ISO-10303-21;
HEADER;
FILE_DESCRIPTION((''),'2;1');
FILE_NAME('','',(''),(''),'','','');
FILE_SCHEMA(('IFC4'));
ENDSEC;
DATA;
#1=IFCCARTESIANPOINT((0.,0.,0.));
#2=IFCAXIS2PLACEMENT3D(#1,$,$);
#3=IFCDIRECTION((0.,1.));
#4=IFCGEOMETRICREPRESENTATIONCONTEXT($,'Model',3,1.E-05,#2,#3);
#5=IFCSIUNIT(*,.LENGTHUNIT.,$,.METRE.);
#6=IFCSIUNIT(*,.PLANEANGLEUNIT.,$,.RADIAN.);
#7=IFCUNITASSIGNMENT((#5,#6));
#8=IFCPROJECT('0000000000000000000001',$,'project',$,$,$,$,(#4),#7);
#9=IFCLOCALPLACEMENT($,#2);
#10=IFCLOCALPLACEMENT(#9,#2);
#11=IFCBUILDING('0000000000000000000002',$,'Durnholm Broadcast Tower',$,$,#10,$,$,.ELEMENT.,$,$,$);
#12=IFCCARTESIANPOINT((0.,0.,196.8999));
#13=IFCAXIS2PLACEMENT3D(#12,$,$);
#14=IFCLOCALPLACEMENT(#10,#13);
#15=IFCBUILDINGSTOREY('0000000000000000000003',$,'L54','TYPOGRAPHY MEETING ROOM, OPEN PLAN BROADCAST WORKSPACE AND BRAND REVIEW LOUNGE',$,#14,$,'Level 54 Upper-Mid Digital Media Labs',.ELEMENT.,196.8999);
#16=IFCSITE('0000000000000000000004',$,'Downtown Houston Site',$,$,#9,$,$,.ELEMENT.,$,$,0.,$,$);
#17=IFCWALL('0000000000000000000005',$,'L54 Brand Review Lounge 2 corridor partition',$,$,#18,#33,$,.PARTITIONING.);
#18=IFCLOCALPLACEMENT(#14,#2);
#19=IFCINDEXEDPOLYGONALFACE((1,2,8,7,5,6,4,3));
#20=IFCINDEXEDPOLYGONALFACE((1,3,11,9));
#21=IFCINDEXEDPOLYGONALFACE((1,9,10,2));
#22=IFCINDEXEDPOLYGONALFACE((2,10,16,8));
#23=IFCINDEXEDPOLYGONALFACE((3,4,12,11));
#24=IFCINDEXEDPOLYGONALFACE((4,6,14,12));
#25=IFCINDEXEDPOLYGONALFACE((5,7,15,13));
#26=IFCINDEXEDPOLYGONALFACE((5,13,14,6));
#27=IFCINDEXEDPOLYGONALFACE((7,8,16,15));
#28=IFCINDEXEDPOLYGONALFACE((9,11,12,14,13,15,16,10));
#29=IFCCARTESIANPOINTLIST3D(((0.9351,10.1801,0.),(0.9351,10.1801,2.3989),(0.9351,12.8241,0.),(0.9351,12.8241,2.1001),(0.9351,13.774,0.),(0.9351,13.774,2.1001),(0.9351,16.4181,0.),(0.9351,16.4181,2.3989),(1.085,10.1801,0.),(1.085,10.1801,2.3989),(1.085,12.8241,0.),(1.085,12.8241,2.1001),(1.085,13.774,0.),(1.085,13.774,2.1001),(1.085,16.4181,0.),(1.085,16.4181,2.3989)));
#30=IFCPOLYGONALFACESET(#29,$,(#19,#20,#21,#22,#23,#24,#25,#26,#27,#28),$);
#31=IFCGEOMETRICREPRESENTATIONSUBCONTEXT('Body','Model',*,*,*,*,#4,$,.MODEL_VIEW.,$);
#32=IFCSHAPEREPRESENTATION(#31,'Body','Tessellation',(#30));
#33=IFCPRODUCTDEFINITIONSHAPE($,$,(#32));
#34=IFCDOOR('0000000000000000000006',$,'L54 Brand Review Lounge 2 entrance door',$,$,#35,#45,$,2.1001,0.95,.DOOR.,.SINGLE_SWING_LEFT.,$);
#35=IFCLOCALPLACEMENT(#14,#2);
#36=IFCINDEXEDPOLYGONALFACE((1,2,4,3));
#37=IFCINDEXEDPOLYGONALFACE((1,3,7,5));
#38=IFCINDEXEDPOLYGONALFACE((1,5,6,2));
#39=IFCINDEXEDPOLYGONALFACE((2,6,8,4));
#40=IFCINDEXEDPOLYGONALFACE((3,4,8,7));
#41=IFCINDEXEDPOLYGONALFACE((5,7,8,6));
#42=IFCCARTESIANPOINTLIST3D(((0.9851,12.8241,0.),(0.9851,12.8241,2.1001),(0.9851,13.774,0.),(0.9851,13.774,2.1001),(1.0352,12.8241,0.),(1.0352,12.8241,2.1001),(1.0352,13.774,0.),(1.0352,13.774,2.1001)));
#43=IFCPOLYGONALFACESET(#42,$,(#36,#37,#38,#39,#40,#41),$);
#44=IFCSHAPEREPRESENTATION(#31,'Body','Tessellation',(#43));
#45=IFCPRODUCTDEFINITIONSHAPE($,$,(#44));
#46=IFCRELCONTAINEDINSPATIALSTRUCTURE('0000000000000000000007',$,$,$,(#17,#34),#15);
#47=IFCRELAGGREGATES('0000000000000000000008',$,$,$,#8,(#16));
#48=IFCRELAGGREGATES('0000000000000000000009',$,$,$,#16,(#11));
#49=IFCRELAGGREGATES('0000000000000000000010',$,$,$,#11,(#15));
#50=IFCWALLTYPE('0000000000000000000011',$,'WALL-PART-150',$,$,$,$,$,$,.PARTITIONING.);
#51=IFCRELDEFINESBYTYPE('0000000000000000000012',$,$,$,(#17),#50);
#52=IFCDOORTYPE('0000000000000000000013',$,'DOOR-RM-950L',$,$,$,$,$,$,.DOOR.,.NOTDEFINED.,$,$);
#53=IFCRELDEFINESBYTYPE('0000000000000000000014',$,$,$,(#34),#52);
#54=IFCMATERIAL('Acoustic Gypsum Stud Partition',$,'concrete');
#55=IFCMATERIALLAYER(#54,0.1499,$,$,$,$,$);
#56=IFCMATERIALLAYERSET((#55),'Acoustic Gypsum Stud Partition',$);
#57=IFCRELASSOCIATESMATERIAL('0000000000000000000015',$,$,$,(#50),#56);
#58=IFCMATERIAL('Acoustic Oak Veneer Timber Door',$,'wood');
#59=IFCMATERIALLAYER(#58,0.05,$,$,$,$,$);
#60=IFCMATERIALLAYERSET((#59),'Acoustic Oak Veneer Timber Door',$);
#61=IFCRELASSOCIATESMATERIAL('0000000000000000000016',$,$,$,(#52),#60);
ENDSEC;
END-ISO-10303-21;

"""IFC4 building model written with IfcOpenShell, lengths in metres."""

from ifc_helpers import new_model, si_unit, direction, frame, frame_2d, origin, place, context, subcontext, project, spatial, rectangle, extrude, source, transform, mapped, material, layer, layer_set, type_object, type_shapes, element, fill, save


model = new_model("IFC4")

# Units and contexts
model_context = context("Model", 3, precision=1e-05, world=origin(), true_north=direction((0.0, 1.0)))
body_context = subcontext(model_context, "Body", "Model", "MODEL_VIEW")
ifc_project = project(units=[si_unit("LENGTHUNIT", "METRE"), si_unit("PLANEANGLEUNIT", "RADIAN")], contexts=[model_context])

# Site, building, storey
site_placement = place(None, origin())
site = spatial("IfcSite", under=ifc_project, at=site_placement, Name="Downtown Houston Site", CompositionType="ELEMENT", RefElevation=0.0)
building_placement = place(site_placement, origin())
building = spatial("IfcBuilding", under=site, at=building_placement, Name="Durnholm Broadcast Tower", CompositionType="ELEMENT")
storey_placement = place(building_placement, frame((0.0, 0.0, 196.8999)))
storey = spatial("IfcBuildingStorey", under=building, at=storey_placement, Name="L54", Description="TYPOGRAPHY MEETING ROOM, OPEN PLAN BROADCAST WORKSPACE AND BRAND REVIEW LOUNGE", LongName="Level 54 Upper-Mid Digital Media Labs", CompositionType="ELEMENT", Elevation=196.8999)

# Shared definitions
ifc_material_1 = material(Name="Acoustic Gypsum Stud Partition", Category="concrete")
ifc_layer_1 = layer(ifc_material_1, 0.1499)
ifc_layer_set_1 = layer_set([ifc_layer_1], Name="Acoustic Gypsum Stud Partition")
wall_type = type_object("IfcWallType", Name="WALL-PART-150", PredefinedType="PARTITIONING", material=ifc_layer_set_1)

# Wall, opening, door
wall_1_placement = place(storey_placement, frame((1.01, 10.1799, 0.0), z_axis=(0.0, 0.0, 1.0), x_axis=(0.0, 1.0, 0.0)))
wall_1 = element("IfcWall", 1, at=wall_1_placement, inside=storey, type_object=wall_type, Name="L54 Brand Review Lounge 2 corridor partition", PredefinedType="PARTITIONING", context=body_context, shape_type="SweptSolid", body=[
    extrude(rectangle(XDim=6.238, YDim=0.1499, at=frame_2d((3.1191, 0.0))), origin(), (0.0, 0.0, 1.0), 2.3989),
])
opening_1_placement = place(wall_1_placement, frame((2.644, 0.0, 0.0)))
opening_1 = element("IfcOpeningElement", 2, at=opening_1_placement, cuts=wall_1, PredefinedType="OPENING", context=body_context, shape_type="SweptSolid", body=[
    extrude(rectangle(XDim=0.95, YDim=2.1001, at=frame_2d((0.4751, 1.05))), frame((0.0, 0.085, 0.0), z_axis=(0.0, -1.0, 0.0), x_axis=(1.0, 0.0, 0.0)), (0.0, 0.0, 1.0), 0.1699),
])
ifc_material_2 = material(Name="Acoustic Oak Veneer Timber Door", Category="wood")
ifc_layer_2 = layer(ifc_material_2, 0.05)
ifc_layer_set_2 = layer_set([ifc_layer_2], Name="Acoustic Oak Veneer Timber Door")
door_type_1 = type_object("IfcDoorType", Name="DOOR-RM-950L", OperationType="NOTDEFINED", PredefinedType="DOOR", material=ifc_layer_set_2)
shared_shape_1 = source(origin(), body_context, "Body", "SweptSolid", [
    extrude(rectangle(XDim=0.95, YDim=2.1001, at=frame_2d((0.4751, 1.05))), frame((0.0, 0.0249, 0.0), z_axis=(0.0, -1.0, 0.0), x_axis=(1.0, 0.0, 0.0)), (0.0, 0.0, 1.0), 0.05),
])
type_shapes(door_type_1, [shared_shape_1])
door_1_placement = place(opening_1_placement, origin())
door_1 = element("IfcDoor", 3, at=door_1_placement, inside=storey, type_object=door_type_1, Name="L54 Brand Review Lounge 2 entrance door", OperationType="SINGLE_SWING_LEFT", OverallHeight=2.1001, OverallWidth=0.95, PredefinedType="DOOR", context=body_context, shape_type="MappedRepresentation", body=[
    mapped(shared_shape_1, transform((0.0, 0.0, 0.0), x_axis=(1.0, 0.0, 0.0), y_axis=(0.0, 1.0, 0.0), z_axis=(0.0, 0.0, 1.0), scale=1.0)),
])
fill(opening_1, door_1)

save(model, "model.ifc")
